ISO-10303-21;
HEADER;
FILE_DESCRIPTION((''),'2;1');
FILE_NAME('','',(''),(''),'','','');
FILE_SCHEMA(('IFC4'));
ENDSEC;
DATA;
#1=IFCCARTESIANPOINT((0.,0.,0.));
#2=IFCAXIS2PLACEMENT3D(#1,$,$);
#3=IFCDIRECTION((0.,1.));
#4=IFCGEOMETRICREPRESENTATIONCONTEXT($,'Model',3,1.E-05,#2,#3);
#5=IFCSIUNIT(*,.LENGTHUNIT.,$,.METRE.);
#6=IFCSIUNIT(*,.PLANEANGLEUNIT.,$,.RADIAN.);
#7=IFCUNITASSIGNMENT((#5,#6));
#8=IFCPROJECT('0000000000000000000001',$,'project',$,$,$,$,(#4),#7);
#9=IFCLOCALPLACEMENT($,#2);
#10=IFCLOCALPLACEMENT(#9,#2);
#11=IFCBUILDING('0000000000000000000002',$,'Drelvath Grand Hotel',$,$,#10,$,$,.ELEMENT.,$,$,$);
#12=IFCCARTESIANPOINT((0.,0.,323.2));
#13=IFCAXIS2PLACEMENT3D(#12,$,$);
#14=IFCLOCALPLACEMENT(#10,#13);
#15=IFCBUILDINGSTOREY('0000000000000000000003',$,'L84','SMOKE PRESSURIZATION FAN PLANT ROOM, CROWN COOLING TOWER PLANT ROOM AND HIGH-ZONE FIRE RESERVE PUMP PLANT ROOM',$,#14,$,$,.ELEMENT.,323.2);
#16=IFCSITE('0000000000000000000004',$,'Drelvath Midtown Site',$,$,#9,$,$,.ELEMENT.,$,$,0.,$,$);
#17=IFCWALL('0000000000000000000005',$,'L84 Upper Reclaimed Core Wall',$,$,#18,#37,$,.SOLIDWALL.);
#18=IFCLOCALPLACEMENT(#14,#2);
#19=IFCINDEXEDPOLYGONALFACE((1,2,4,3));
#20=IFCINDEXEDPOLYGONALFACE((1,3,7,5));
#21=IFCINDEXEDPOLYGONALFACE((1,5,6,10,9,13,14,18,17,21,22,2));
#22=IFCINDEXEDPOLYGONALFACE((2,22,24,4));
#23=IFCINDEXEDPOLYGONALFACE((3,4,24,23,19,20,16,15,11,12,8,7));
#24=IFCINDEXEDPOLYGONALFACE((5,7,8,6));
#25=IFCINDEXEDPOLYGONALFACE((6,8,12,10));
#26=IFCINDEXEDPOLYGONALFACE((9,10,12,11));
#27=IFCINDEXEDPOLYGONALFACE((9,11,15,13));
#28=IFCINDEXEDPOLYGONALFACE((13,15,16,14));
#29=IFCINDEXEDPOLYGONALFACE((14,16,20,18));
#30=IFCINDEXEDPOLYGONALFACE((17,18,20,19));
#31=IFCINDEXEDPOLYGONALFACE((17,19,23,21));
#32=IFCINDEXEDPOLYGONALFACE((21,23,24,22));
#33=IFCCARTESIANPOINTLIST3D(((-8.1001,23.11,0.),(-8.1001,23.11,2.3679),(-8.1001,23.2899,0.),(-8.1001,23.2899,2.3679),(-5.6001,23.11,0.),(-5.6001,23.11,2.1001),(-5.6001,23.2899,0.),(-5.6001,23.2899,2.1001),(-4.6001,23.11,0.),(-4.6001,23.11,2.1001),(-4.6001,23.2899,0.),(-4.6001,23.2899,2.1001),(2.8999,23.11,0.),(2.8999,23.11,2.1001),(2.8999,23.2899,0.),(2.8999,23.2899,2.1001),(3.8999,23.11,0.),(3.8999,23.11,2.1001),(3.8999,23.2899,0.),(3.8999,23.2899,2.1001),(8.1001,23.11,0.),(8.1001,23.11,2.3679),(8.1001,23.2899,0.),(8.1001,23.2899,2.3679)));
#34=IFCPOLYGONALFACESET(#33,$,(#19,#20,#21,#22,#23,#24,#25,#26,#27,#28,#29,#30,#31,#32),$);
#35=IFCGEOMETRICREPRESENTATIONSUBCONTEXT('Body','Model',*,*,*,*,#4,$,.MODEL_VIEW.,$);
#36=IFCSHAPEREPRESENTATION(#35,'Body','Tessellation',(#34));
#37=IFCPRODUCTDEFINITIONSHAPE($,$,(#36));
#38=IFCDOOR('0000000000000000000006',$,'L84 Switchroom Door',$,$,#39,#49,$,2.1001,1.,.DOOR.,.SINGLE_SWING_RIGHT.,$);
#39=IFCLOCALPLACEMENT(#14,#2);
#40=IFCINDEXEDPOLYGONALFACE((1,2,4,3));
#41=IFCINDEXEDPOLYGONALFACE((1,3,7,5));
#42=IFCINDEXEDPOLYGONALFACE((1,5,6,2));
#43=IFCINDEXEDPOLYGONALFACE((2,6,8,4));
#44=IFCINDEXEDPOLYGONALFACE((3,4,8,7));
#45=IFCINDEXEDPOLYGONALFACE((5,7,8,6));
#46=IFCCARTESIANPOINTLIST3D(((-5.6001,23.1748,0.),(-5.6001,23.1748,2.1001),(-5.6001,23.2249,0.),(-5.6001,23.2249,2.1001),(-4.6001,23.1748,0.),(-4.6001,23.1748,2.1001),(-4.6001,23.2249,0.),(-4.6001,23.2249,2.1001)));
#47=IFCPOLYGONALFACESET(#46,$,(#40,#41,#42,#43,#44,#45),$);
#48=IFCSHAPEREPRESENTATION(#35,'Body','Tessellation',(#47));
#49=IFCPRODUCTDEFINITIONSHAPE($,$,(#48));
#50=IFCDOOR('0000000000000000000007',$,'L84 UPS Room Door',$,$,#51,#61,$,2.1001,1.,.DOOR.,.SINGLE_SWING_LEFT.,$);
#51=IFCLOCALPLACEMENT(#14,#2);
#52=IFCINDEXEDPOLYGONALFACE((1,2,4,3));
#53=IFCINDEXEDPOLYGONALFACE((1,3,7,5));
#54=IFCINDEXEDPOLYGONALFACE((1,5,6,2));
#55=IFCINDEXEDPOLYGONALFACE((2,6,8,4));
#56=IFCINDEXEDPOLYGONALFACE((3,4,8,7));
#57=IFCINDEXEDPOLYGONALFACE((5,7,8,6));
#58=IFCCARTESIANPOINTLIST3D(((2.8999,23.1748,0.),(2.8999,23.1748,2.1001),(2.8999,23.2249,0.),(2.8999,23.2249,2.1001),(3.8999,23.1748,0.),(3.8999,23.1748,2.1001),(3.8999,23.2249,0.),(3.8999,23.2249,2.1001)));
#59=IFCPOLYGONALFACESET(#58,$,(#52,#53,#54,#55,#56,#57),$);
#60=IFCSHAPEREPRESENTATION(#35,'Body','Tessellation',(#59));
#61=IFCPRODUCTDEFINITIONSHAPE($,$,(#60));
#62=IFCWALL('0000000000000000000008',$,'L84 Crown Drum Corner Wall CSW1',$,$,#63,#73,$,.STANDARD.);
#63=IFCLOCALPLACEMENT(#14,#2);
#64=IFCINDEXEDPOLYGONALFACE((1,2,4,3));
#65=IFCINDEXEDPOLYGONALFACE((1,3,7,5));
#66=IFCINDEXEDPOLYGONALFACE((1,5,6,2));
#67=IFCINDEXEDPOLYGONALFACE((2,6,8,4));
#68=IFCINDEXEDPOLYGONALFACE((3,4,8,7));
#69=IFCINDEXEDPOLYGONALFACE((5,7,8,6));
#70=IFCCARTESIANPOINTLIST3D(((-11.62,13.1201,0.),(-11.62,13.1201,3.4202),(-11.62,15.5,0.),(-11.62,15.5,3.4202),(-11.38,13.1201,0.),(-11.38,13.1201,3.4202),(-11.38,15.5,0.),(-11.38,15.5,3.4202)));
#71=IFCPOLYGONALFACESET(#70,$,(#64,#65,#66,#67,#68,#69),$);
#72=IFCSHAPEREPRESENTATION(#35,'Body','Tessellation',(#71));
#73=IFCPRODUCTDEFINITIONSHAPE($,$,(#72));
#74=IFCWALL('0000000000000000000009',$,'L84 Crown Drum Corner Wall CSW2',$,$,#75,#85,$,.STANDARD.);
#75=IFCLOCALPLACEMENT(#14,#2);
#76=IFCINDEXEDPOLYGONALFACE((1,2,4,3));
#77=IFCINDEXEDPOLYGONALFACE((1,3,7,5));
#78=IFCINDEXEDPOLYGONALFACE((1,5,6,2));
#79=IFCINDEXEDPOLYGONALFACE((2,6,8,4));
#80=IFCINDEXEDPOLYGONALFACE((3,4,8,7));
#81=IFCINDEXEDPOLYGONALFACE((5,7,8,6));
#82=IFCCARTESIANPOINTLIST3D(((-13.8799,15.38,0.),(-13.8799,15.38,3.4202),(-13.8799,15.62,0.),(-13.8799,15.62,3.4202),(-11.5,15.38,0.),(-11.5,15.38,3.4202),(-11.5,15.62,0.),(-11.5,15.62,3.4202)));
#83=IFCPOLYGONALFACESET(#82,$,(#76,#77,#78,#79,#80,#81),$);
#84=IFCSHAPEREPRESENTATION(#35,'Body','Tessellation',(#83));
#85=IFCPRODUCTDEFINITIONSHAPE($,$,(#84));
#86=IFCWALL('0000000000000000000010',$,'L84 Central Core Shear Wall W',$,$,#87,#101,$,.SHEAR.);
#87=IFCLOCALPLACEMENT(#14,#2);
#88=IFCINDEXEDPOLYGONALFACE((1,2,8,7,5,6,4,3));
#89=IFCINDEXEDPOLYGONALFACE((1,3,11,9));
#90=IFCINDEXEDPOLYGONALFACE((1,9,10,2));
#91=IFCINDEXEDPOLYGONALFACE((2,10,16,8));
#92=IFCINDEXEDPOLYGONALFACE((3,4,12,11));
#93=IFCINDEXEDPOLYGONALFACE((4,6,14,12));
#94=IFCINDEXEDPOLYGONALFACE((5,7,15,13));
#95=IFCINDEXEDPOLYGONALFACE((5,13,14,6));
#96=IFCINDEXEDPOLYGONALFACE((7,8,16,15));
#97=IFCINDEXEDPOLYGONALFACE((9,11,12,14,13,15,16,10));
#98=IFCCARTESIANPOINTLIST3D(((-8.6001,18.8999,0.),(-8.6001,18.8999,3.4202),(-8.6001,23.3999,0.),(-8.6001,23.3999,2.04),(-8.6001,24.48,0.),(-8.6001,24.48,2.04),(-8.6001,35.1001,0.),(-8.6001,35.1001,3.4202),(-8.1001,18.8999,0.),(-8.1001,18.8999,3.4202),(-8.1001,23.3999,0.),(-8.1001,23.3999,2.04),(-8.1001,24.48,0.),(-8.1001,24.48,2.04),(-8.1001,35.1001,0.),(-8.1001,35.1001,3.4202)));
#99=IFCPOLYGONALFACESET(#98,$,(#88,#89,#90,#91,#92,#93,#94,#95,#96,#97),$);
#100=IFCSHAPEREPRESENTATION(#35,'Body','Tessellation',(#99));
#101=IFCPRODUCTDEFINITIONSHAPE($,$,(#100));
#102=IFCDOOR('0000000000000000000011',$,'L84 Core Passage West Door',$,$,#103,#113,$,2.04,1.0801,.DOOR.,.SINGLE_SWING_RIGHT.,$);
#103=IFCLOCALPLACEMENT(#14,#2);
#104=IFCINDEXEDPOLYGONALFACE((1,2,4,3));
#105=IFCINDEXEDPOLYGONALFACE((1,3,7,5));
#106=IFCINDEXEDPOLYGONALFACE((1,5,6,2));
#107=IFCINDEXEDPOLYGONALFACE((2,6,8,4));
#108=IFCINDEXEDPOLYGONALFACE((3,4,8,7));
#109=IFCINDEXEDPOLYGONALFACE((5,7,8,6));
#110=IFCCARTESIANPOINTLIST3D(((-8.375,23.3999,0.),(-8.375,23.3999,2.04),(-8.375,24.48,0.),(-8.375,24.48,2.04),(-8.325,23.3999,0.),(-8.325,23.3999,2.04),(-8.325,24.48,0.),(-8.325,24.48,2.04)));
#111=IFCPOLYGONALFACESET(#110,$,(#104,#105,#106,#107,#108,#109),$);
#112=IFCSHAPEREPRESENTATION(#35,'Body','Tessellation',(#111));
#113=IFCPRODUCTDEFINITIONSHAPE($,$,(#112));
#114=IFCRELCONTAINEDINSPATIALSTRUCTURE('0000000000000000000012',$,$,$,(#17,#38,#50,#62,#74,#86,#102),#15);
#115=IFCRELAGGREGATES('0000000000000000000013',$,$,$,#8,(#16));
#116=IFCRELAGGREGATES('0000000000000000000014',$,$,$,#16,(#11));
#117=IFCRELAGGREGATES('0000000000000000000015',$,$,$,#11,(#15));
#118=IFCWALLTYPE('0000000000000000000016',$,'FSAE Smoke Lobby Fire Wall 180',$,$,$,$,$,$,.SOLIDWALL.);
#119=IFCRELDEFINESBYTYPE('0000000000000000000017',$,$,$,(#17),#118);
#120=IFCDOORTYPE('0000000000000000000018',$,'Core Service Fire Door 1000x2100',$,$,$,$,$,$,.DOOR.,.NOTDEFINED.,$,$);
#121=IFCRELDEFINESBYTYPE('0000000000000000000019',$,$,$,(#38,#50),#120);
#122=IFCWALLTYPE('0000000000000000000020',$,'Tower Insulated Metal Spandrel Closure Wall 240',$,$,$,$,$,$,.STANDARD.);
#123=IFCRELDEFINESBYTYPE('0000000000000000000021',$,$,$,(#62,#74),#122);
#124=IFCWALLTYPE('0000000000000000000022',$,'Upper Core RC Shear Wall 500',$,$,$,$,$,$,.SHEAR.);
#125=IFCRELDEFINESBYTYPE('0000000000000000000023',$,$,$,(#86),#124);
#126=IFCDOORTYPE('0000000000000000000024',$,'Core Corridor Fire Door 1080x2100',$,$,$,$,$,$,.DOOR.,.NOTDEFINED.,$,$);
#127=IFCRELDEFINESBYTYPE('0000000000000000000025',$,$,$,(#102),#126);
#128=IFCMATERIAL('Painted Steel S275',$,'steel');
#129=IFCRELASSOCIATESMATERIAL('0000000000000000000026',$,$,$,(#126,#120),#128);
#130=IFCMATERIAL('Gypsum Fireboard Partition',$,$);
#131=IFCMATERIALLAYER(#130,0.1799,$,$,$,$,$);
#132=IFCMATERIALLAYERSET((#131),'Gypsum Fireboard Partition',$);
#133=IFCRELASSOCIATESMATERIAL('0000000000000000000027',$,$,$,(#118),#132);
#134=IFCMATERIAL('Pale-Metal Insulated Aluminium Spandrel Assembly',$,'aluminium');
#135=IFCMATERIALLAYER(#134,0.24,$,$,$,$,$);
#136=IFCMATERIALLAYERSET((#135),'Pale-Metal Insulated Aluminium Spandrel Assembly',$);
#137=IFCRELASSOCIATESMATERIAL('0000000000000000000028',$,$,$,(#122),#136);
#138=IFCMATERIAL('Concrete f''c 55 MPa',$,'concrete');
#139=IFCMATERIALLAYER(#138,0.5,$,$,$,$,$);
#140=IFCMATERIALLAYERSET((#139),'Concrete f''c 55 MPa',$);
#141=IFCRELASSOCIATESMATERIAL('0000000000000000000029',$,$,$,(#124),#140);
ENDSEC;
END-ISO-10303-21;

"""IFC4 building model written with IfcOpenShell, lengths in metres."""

from ifc_helpers import new_model, si_unit, direction, frame, frame_2d, origin, place, context, subcontext, project, spatial, rectangle, extrude, material, layer, layer_set, type_object, element, fill, save


model = new_model("IFC4")

# Units and contexts
model_context = context("Model", 3, precision=1e-05, world=origin(), true_north=direction((0.0, 1.0)))
body_context = subcontext(model_context, "Body", "Model", "MODEL_VIEW")
ifc_project = project(units=[si_unit("LENGTHUNIT", "METRE"), si_unit("PLANEANGLEUNIT", "RADIAN")], contexts=[model_context])

# Site, building, storey
site_placement = place(None, origin())
site = spatial("IfcSite", under=ifc_project, at=site_placement, Name="Drelvath Midtown Site", CompositionType="ELEMENT", RefElevation=0.0)
building_placement = place(site_placement, origin())
building = spatial("IfcBuilding", under=site, at=building_placement, Name="Drelvath Grand Hotel", CompositionType="ELEMENT")
storey_placement = place(building_placement, frame((0.0, 0.0, 323.2)))
storey = spatial("IfcBuildingStorey", under=building, at=storey_placement, Name="L84", Description="SMOKE PRESSURIZATION FAN PLANT ROOM, CROWN COOLING TOWER PLANT ROOM AND HIGH-ZONE FIRE RESERVE PUMP PLANT ROOM", CompositionType="ELEMENT", Elevation=323.2)

# Shared definitions
ifc_material_1 = material(Name="Concrete f'c 55 MPa", Category="concrete")

# Shared definitions
ifc_material_2 = material(Name="Painted Steel S275", Category="steel")

# Shared definitions
ifc_material_3 = material(Name="Gypsum Fireboard Partition")
door_type_1 = type_object("IfcDoorType", Name="Core Corridor Fire Door 1080x2100", OperationType="NOTDEFINED", PredefinedType="DOOR", material=ifc_material_2)

# Wall, openings, doors
ifc_layer_1 = layer(ifc_material_3, 0.1799)
ifc_layer_set_1 = layer_set([ifc_layer_1], Name="Gypsum Fireboard Partition")
wall_type_1 = type_object("IfcWallType", Name="FSAE Smoke Lobby Fire Wall 180", PredefinedType="SOLIDWALL", material=ifc_layer_set_1)
wall_1_placement = place(storey_placement, frame((-8.1001, 23.2, 0.0), z_axis=(0.0, 0.0, 1.0), x_axis=(1.0, 0.0, 0.0)))
wall_1 = element("IfcWall", 1, at=wall_1_placement, inside=storey, type_object=wall_type_1, Name="L84 Upper Reclaimed Core Wall", PredefinedType="SOLIDWALL", context=body_context, shape_type="SweptSolid", body=[
    extrude(rectangle(XDim=16.2002, YDim=0.1799, at=frame_2d((8.1001, 0.0))), origin(), (0.0, 0.0, 1.0), 2.3679),
])
opening_1_placement = place(wall_1_placement, frame((2.5, 0.0, 0.0)))
opening_1 = element("IfcOpeningElement", 2, at=opening_1_placement, cuts=wall_1, PredefinedType="OPENING", context=body_context, shape_type="SweptSolid", body=[
    extrude(rectangle(XDim=1.0, YDim=2.1001, at=frame_2d((0.5, 1.05))), frame((0.0, 0.0999, 0.0), z_axis=(0.0, -1.0, 0.0), x_axis=(1.0, 0.0, 0.0)), (0.0, 0.0, 1.0), 0.2),
])
opening_2_placement = place(wall_1_placement, frame((11.0, 0.0, 0.0)))
opening_2 = element("IfcOpeningElement", 3, at=opening_2_placement, cuts=wall_1, PredefinedType="OPENING", context=body_context, shape_type="SweptSolid", body=[
    extrude(rectangle(XDim=1.0, YDim=2.1001, at=frame_2d((0.5, 1.05))), frame((0.0, 0.0999, 0.0), z_axis=(0.0, -1.0, 0.0), x_axis=(1.0, 0.0, 0.0)), (0.0, 0.0, 1.0), 0.2),
])
door_type_2 = type_object("IfcDoorType", Name="Core Service Fire Door 1000x2100", OperationType="NOTDEFINED", PredefinedType="DOOR", material=ifc_material_2)
door_1_placement = place(opening_1_placement, origin())
door_1 = element("IfcDoor", 4, at=door_1_placement, inside=storey, type_object=door_type_2, Name="L84 Switchroom Door", OperationType="SINGLE_SWING_RIGHT", OverallHeight=2.1001, OverallWidth=1.0, PredefinedType="DOOR", context=body_context, shape_type="SweptSolid", body=[
    extrude(rectangle(XDim=1.0, YDim=2.1001, at=frame_2d((0.5, 1.05))), frame((0.0, 0.0249, 0.0), z_axis=(0.0, -1.0, 0.0), x_axis=(1.0, 0.0, 0.0)), (0.0, 0.0, 1.0), 0.05),
])
fill(opening_1, door_1)
door_2_placement = place(opening_2_placement, origin())
door_2 = element("IfcDoor", 5, at=door_2_placement, inside=storey, type_object=door_type_2, Name="L84 UPS Room Door", OperationType="SINGLE_SWING_LEFT", OverallHeight=2.1001, OverallWidth=1.0, PredefinedType="DOOR", context=body_context, shape_type="SweptSolid", body=[
    extrude(rectangle(XDim=1.0, YDim=2.1001, at=frame_2d((0.5, 1.05))), frame((0.0, 0.0249, 0.0), z_axis=(0.0, -1.0, 0.0), x_axis=(1.0, 0.0, 0.0)), (0.0, 0.0, 1.0), 0.05),
])
fill(opening_2, door_2)

# Walls
ifc_material_4 = material(Name="Pale-Metal Insulated Aluminium Spandrel Assembly", Category="aluminium")
ifc_layer_2 = layer(ifc_material_4, 0.24)
ifc_layer_set_2 = layer_set([ifc_layer_2], Name="Pale-Metal Insulated Aluminium Spandrel Assembly")
wall_type_2 = type_object("IfcWallType", Name="Tower Insulated Metal Spandrel Closure Wall 240", PredefinedType="STANDARD", material=ifc_layer_set_2)
for number, where, z_axis, x_axis, name in (
    (6, (-11.5, 13.1201, 0.0), (0.0, 0.0, 1.0), (0.0, 1.0, 0.0), "L84 Crown Drum Corner Wall CSW1"),
    (7, (-11.5, 15.5, 0.0), (0.0, 0.0, 1.0), (-1.0, 0.0, 0.0), "L84 Crown Drum Corner Wall CSW2"),
):
    element("IfcWall", number, at=place(storey_placement, frame(where, z_axis=z_axis, x_axis=x_axis)), inside=storey, type_object=wall_type_2, Name=name, PredefinedType="STANDARD", context=body_context, shape_type="SweptSolid", body=[
        extrude(rectangle(XDim=2.3799, YDim=0.24, at=frame_2d((1.1899, 0.0))), origin(), (0.0, 0.0, 1.0), 3.4202),
    ])

# Wall, opening, door
ifc_layer_3 = layer(ifc_material_1, 0.5)
ifc_layer_set_3 = layer_set([ifc_layer_3], Name="Concrete f'c 55 MPa")
wall_type_3 = type_object("IfcWallType", Name="Upper Core RC Shear Wall 500", PredefinedType="SHEAR", material=ifc_layer_set_3)
wall_2_placement = place(storey_placement, frame((-8.3501, 18.8999, 0.0), z_axis=(0.0, 0.0, 1.0), x_axis=(0.0, 1.0, 0.0)))
wall_2 = element("IfcWall", 8, at=wall_2_placement, inside=storey, type_object=wall_type_3, Name="L84 Central Core Shear Wall W", PredefinedType="SHEAR", context=body_context, shape_type="SweptSolid", body=[
    extrude(rectangle(XDim=16.2002, YDim=0.5, at=frame_2d((8.1001, 0.0))), origin(), (0.0, 0.0, 1.0), 3.4202),
])
opening_3_placement = place(wall_2_placement, frame((4.5, 0.0, 0.0)))
opening_3 = element("IfcOpeningElement", 9, at=opening_3_placement, cuts=wall_2, PredefinedType="OPENING", context=body_context, shape_type="SweptSolid", body=[
    extrude(rectangle(XDim=1.0801, YDim=2.04, at=frame_2d((0.54, 1.02))), frame((0.0, 0.26, 0.0), z_axis=(0.0, -1.0, 0.0), x_axis=(1.0, 0.0, 0.0)), (0.0, 0.0, 1.0), 0.52),
])
door_3_placement = place(opening_3_placement, origin())
door_3 = element("IfcDoor", 10, at=door_3_placement, inside=storey, type_object=door_type_1, Name="L84 Core Passage West Door", OperationType="SINGLE_SWING_RIGHT", OverallHeight=2.04, OverallWidth=1.0801, PredefinedType="DOOR", context=body_context, shape_type="SweptSolid", body=[
    extrude(rectangle(XDim=1.0801, YDim=2.04, at=frame_2d((0.54, 1.02))), frame((0.0, 0.0249, 0.0), z_axis=(0.0, -1.0, 0.0), x_axis=(1.0, 0.0, 0.0)), (0.0, 0.0, 1.0), 0.05),
])
fill(opening_3, door_3)

save(model, "model.ifc")
